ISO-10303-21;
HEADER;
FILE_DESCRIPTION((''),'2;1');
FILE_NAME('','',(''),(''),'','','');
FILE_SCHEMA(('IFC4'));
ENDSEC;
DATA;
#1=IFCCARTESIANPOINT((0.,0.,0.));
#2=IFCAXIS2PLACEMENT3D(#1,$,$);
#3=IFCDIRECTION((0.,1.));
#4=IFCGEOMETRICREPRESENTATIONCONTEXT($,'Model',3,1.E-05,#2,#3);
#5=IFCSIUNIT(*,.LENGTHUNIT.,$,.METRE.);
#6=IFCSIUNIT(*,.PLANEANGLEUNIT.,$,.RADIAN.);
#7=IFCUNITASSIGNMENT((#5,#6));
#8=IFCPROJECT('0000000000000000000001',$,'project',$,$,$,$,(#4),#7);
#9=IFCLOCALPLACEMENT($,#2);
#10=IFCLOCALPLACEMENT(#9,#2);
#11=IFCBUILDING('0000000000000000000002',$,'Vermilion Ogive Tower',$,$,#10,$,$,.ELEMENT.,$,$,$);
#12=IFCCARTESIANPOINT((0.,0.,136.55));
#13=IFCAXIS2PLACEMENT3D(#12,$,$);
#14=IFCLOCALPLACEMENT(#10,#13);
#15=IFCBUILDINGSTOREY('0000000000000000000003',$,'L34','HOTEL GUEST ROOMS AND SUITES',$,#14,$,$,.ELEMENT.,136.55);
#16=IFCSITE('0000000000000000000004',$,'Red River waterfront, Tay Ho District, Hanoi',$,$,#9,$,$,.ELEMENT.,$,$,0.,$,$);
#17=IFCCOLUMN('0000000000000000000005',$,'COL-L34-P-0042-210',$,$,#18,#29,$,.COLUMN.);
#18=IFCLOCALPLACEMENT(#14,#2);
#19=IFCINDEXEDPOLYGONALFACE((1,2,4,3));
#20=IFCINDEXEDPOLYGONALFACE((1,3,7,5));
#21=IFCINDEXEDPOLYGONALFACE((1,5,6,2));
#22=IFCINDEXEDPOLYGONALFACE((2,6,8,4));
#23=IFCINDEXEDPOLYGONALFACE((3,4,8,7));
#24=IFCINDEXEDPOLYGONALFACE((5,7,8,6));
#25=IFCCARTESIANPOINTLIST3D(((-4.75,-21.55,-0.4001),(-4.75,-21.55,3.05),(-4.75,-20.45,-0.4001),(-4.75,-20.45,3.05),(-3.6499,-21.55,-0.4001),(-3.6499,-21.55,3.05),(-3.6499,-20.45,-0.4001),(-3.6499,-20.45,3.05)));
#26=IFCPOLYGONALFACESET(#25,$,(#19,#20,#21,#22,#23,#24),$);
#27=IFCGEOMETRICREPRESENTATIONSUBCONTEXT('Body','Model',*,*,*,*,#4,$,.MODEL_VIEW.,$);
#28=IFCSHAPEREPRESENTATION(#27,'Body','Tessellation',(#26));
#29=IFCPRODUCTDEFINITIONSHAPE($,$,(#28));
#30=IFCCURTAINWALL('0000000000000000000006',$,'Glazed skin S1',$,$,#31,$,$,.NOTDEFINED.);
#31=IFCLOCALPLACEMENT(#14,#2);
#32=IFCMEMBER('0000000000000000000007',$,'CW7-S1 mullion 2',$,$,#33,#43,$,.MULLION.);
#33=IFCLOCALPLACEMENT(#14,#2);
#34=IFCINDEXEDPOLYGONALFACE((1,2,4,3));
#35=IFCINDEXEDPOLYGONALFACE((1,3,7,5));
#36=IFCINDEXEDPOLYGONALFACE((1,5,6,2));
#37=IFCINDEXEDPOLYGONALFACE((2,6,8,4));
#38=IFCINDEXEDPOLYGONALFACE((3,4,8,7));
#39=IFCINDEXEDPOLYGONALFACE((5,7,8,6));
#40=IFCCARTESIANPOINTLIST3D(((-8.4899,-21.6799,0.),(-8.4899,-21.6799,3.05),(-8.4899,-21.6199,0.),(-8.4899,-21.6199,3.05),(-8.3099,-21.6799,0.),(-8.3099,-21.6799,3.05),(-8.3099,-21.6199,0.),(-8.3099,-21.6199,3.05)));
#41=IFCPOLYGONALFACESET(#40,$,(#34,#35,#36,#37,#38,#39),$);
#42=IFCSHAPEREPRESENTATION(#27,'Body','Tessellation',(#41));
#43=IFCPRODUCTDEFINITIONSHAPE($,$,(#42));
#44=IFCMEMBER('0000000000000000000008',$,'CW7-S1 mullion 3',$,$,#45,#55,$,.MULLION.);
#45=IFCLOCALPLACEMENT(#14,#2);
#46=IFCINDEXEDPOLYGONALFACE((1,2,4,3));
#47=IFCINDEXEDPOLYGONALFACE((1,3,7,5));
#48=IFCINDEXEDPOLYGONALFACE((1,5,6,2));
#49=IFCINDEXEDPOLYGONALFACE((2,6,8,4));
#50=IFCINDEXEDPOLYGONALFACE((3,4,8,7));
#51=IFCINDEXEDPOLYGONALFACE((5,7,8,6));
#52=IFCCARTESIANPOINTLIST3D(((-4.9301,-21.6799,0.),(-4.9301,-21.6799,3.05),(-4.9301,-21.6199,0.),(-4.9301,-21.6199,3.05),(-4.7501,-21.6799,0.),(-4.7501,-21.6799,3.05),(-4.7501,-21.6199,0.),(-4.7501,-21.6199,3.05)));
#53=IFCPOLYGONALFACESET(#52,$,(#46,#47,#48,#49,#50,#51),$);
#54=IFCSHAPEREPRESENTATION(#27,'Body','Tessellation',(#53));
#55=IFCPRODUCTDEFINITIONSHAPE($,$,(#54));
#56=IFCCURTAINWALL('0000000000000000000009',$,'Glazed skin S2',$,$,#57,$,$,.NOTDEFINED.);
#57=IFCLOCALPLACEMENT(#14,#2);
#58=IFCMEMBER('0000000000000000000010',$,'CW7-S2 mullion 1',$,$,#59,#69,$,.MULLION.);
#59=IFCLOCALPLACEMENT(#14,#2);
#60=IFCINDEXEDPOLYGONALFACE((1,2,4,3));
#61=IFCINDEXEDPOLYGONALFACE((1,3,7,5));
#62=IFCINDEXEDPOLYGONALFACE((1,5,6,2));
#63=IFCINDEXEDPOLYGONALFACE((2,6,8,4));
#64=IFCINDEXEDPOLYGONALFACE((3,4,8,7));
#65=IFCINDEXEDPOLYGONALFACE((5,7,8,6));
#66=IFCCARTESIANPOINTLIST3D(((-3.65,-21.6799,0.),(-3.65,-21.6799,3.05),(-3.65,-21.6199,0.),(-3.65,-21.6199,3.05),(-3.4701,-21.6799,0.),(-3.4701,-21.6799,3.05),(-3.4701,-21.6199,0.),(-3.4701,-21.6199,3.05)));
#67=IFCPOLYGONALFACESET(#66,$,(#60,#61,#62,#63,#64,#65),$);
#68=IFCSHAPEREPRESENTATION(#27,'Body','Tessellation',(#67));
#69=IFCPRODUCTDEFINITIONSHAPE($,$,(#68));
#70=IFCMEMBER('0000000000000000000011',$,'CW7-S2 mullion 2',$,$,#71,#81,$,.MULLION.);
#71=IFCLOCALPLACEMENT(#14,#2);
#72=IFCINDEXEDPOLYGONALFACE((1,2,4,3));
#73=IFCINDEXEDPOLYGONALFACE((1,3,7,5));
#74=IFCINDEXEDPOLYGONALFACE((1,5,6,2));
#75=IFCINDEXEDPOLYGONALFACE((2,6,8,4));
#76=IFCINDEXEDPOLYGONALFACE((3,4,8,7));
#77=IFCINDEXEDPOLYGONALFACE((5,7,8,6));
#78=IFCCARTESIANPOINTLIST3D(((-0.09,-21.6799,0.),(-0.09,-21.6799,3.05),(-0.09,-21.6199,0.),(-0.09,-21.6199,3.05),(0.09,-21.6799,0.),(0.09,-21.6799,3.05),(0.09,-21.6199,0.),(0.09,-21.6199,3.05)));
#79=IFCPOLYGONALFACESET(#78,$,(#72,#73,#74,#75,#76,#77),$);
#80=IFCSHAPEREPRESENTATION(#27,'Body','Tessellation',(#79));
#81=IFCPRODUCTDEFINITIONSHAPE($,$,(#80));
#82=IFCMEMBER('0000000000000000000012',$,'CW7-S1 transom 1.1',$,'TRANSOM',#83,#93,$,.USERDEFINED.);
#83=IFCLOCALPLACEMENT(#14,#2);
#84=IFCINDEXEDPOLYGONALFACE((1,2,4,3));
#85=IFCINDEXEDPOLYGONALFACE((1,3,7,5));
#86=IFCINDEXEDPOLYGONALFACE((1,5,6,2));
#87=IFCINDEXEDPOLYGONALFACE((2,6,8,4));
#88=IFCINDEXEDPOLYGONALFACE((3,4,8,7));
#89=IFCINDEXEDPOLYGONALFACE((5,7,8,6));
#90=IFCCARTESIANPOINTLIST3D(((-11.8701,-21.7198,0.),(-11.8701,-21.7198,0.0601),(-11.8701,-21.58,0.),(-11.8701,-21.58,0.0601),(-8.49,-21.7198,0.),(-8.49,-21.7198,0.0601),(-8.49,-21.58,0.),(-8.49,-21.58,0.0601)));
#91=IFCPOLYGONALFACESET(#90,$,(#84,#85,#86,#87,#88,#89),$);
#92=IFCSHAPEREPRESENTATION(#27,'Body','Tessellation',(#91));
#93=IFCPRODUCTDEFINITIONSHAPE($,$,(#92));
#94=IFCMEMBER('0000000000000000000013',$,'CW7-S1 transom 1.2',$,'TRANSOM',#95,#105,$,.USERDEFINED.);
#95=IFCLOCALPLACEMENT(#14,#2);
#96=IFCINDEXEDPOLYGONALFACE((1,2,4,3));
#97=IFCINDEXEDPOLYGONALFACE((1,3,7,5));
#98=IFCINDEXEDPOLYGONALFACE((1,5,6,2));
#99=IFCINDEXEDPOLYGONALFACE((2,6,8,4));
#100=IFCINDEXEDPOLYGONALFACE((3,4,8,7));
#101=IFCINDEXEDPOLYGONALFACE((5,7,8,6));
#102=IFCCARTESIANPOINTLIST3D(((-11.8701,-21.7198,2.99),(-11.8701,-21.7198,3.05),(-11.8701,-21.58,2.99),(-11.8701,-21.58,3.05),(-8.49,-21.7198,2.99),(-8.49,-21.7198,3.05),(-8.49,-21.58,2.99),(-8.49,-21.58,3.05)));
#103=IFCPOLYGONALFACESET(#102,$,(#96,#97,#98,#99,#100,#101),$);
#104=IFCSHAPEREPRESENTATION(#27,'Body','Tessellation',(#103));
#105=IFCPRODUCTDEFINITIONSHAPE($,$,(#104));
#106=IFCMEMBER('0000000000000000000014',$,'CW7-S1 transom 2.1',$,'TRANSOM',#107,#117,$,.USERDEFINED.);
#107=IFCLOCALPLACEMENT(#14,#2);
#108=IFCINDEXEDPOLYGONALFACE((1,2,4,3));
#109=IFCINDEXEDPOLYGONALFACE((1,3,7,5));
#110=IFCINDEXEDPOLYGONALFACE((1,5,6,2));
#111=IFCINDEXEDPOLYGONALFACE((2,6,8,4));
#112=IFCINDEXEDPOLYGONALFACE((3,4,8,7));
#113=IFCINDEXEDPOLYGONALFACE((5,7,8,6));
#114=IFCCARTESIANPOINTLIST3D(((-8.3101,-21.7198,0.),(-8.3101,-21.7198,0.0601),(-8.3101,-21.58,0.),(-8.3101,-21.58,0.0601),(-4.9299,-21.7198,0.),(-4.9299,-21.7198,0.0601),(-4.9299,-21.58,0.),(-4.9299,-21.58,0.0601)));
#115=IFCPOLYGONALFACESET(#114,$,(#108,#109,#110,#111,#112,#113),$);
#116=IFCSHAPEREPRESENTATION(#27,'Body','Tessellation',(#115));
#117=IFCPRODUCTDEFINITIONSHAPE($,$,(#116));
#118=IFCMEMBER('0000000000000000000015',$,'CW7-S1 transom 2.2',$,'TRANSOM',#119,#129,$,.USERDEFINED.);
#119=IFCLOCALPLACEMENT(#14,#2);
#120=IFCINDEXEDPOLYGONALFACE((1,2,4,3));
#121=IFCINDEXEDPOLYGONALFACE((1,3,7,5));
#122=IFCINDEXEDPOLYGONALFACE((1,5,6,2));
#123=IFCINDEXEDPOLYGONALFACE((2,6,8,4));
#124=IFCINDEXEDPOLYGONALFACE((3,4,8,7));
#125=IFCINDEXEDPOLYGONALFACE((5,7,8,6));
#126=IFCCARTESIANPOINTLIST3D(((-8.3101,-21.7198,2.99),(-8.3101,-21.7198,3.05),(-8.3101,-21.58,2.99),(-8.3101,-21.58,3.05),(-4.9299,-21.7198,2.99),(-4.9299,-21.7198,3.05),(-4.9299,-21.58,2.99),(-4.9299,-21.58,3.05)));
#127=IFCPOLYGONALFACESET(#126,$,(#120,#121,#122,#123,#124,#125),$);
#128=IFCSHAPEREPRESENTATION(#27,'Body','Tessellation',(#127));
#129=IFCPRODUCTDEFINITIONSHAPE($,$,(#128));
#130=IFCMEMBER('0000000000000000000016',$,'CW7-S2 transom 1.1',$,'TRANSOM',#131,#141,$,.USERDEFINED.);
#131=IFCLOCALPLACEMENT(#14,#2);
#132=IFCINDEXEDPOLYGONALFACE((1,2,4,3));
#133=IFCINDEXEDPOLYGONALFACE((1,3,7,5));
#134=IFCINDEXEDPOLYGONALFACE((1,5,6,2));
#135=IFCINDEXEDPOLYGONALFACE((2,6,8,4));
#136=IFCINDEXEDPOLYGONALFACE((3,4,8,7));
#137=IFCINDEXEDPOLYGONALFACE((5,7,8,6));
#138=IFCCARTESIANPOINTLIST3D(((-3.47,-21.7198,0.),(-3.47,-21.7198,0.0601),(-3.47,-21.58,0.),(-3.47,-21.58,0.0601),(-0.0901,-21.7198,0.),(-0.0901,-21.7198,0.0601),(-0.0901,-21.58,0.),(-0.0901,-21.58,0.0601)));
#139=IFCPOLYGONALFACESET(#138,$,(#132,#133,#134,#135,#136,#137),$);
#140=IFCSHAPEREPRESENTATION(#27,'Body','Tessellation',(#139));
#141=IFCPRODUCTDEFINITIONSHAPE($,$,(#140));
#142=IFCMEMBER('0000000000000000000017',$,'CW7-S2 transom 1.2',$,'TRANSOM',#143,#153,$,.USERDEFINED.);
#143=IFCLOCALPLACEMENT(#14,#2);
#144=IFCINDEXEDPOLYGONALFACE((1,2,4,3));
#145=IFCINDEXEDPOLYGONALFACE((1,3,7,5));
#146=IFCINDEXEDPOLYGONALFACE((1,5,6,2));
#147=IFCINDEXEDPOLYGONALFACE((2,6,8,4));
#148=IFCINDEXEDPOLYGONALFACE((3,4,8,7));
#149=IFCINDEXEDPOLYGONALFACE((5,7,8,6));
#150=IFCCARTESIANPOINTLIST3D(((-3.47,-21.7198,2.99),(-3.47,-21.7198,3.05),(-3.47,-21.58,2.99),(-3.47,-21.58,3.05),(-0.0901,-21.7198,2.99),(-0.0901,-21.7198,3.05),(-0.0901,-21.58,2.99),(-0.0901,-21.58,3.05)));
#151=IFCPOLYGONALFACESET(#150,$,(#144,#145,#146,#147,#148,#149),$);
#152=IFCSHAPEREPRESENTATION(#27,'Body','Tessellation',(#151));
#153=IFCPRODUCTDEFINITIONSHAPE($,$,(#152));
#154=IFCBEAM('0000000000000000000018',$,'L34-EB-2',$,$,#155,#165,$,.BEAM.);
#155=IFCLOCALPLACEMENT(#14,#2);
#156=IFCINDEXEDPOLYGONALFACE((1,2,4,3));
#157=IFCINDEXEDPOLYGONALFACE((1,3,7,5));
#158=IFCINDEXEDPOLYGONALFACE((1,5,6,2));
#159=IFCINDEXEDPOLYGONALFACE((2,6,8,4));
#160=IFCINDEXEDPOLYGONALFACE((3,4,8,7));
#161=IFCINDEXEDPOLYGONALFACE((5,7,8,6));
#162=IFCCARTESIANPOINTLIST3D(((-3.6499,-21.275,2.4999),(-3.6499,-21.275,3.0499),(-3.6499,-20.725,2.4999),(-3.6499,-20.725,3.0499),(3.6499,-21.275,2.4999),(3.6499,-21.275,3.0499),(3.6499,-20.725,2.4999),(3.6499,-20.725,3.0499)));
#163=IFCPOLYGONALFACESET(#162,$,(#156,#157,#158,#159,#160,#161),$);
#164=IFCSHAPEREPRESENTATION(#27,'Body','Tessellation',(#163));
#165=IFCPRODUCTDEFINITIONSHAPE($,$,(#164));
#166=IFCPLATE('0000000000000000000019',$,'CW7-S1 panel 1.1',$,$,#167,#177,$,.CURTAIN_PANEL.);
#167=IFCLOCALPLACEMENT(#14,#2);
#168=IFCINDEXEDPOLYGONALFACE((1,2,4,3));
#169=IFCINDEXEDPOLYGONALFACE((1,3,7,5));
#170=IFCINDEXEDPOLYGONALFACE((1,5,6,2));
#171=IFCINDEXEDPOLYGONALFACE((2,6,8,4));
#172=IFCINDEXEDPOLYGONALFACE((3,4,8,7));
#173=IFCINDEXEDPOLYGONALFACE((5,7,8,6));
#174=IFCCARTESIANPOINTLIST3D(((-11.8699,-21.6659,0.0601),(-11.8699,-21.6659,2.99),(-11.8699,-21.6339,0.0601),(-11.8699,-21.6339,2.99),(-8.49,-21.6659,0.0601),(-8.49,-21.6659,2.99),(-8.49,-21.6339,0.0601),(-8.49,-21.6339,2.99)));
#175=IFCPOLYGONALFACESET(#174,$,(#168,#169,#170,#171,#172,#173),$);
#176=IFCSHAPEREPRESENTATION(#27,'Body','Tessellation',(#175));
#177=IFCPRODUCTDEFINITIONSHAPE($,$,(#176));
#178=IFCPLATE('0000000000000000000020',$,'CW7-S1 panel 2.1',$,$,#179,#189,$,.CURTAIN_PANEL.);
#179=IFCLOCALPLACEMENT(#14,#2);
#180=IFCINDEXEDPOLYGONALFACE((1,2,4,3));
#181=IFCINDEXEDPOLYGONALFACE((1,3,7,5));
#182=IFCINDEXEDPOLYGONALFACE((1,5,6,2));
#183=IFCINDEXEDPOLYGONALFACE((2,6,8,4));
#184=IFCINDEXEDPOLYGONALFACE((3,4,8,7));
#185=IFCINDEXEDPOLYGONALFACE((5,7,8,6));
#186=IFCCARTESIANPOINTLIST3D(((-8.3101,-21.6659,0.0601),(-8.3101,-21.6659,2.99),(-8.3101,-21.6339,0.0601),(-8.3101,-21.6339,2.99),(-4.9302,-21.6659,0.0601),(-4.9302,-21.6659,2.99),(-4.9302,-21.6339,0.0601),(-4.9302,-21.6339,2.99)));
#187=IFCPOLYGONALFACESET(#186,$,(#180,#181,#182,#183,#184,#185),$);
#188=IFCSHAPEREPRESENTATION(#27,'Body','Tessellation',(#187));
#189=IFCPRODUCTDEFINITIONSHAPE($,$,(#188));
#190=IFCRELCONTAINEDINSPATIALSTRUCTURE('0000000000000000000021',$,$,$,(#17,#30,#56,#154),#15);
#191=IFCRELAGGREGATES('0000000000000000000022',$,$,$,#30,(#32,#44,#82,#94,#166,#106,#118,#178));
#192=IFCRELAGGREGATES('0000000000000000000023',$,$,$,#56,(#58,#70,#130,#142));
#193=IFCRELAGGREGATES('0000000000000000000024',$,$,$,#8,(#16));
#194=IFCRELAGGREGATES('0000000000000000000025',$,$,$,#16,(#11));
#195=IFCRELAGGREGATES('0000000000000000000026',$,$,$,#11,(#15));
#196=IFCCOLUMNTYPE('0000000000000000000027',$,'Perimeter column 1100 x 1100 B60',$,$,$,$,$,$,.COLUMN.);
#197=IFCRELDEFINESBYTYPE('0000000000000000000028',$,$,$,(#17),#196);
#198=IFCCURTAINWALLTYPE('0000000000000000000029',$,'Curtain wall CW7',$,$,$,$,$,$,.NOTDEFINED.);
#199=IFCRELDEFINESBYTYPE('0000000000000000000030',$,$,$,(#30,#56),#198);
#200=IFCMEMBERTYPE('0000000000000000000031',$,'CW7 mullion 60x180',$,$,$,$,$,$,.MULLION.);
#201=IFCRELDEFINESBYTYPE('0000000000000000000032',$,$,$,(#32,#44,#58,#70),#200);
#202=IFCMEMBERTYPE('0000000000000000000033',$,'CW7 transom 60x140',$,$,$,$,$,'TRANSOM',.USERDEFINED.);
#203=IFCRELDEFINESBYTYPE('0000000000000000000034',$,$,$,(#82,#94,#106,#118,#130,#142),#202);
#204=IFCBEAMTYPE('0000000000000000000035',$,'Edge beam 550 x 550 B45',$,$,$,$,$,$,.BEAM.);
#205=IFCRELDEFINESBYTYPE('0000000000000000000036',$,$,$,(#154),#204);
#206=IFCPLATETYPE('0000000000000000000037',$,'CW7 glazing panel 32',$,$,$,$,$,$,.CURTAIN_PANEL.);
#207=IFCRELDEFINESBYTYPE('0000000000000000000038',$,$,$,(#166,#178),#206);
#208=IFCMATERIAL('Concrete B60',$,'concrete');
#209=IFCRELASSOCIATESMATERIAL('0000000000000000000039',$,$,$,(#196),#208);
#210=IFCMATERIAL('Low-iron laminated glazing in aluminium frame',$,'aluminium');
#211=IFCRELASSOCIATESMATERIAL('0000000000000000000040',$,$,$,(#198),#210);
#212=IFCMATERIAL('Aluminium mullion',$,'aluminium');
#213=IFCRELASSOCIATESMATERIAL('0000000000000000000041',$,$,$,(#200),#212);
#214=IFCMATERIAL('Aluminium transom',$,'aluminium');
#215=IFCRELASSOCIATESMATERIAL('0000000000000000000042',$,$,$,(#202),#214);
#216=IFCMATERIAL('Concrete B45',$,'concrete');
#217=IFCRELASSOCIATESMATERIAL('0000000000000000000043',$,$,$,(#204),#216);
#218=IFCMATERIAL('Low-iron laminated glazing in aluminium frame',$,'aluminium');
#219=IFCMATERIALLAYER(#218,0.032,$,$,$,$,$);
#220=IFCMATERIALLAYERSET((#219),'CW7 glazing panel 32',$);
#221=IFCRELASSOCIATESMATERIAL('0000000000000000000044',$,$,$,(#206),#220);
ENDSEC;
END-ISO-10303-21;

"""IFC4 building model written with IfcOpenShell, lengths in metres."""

from ifc_helpers import new_model, si_unit, direction, frame, origin, origin_2d, place, context, subcontext, project, spatial, rectangle, extrude, material, layer, layer_set, material_profile, profile_set, type_object, element, aggregate, save


model = new_model("IFC4")

# Units and contexts
model_context = context("Model", 3, precision=1e-05, world=origin(), true_north=direction((0.0, 1.0)))
body_context = subcontext(model_context, "Body", "Model", "MODEL_VIEW")
ifc_project = project(units=[si_unit("LENGTHUNIT", "METRE"), si_unit("PLANEANGLEUNIT", "RADIAN")], contexts=[model_context])

# Site, building, storey
site_placement = place(None, origin())
site = spatial("IfcSite", under=ifc_project, at=site_placement, Name="Red River waterfront, Tay Ho District, Hanoi", CompositionType="ELEMENT", RefElevation=0.0)
building_placement = place(site_placement, origin())
building = spatial("IfcBuilding", under=site, at=building_placement, Name="Vermilion Ogive Tower", CompositionType="ELEMENT")
storey_placement = place(building_placement, frame((0.0, 0.0, 136.55)))
storey = spatial("IfcBuildingStorey", under=building, at=storey_placement, Name="L34", Description="HOTEL GUEST ROOMS AND SUITES", CompositionType="ELEMENT", Elevation=136.55)

# Column
ifc_material_1 = material(Name="Concrete B60", Category="concrete")
ifc_material_profile_1 = material_profile(ifc_material_1, rectangle(XDim=1.1001, YDim=1.1001, at=origin_2d()), Name="1100 x 1100")
ifc_profile_set_1 = profile_set([ifc_material_profile_1], Name="Concrete B60")
column_type = type_object("IfcColumnType", Name="Perimeter column 1100 x 1100 B60", PredefinedType="COLUMN", material=ifc_profile_set_1)
column_placement = place(storey_placement, frame((-4.2, -21.0, -0.4001), z_axis=(0.0, 0.0, 1.0), x_axis=(1.0, 0.0, 0.0)))
element("IfcColumn", 1, at=column_placement, inside=storey, type_object=column_type, Name="COL-L34-P-0042-210", PredefinedType="COLUMN", context=body_context, shape_type="SweptSolid", body=[
    extrude(rectangle(XDim=1.1001, YDim=1.1001, at=origin_2d()), origin(), (0.0, 0.0, 1.0), 3.4502),
])

# Curtain walls, members
ifc_material_2 = material(Name="Low-iron laminated glazing in aluminium frame", Category="aluminium")
curtain_wall_type = type_object("IfcCurtainWallType", Name="Curtain wall CW7", PredefinedType="NOTDEFINED", material=ifc_material_2)
curtain_wall_1_placement = place(storey_placement, origin())
curtain_wall_1 = element("IfcCurtainWall", 2, at=curtain_wall_1_placement, inside=storey, type_object=curtain_wall_type, Name="Glazed skin S1", PredefinedType="NOTDEFINED")
ifc_material_3 = material(Name="Aluminium mullion", Category="aluminium")
ifc_material_profile_2 = material_profile(ifc_material_3, rectangle(XDim=0.0601, YDim=0.1799, at=origin_2d()), Name="AL 60x180")
ifc_profile_set_2 = profile_set([ifc_material_profile_2], Name="Aluminium mullion")
member_type_1 = type_object("IfcMemberType", Name="CW7 mullion 60x180", PredefinedType="MULLION", material=ifc_profile_set_2)
member_1_placement = place(storey_placement, frame((-8.3999, -21.6499, 0.0), z_axis=(0.0, 0.0, 1.0), x_axis=(0.0, 1.0, 0.0)))
member_1 = element("IfcMember", 3, at=member_1_placement, type_object=member_type_1, Name="CW7-S1 mullion 2", PredefinedType="MULLION", context=body_context, shape_type="SweptSolid", body=[
    extrude(rectangle(XDim=0.0601, YDim=0.1799, at=origin_2d()), origin(), (0.0, 0.0, 1.0), 3.05),
])
member_2_placement = place(storey_placement, frame((-4.8401, -21.6499, 0.0), z_axis=(0.0, 0.0, 1.0), x_axis=(0.0, 1.0, 0.0)))
member_2 = element("IfcMember", 4, at=member_2_placement, type_object=member_type_1, Name="CW7-S1 mullion 3", PredefinedType="MULLION", context=body_context, shape_type="SweptSolid", body=[
    extrude(rectangle(XDim=0.0601, YDim=0.1799, at=origin_2d()), origin(), (0.0, 0.0, 1.0), 3.05),
])
curtain_wall_2_placement = place(storey_placement, origin())
curtain_wall_2 = element("IfcCurtainWall", 5, at=curtain_wall_2_placement, inside=storey, type_object=curtain_wall_type, Name="Glazed skin S2", PredefinedType="NOTDEFINED")
member_3_placement = place(storey_placement, frame((-3.5601, -21.6499, 0.0), z_axis=(0.0, 0.0, 1.0), x_axis=(0.0, 1.0, 0.0)))
member_3 = element("IfcMember", 6, at=member_3_placement, type_object=member_type_1, Name="CW7-S2 mullion 1", PredefinedType="MULLION", context=body_context, shape_type="SweptSolid", body=[
    extrude(rectangle(XDim=0.0601, YDim=0.1799, at=origin_2d()), origin(), (0.0, 0.0, 1.0), 3.05),
])
member_4_placement = place(storey_placement, frame((0.0, -21.6499, 0.0), z_axis=(0.0, 0.0, 1.0), x_axis=(0.0, 1.0, 0.0)))
member_4 = element("IfcMember", 7, at=member_4_placement, type_object=member_type_1, Name="CW7-S2 mullion 2", PredefinedType="MULLION", context=body_context, shape_type="SweptSolid", body=[
    extrude(rectangle(XDim=0.0601, YDim=0.1799, at=origin_2d()), origin(), (0.0, 0.0, 1.0), 3.05),
])

# Members
ifc_material_4 = material(Name="Aluminium transom", Category="aluminium")
ifc_material_profile_3 = material_profile(ifc_material_4, rectangle(XDim=0.1399, YDim=0.0601, at=origin_2d()), Name="AL 60x140")
ifc_profile_set_3 = profile_set([ifc_material_profile_3], Name="Aluminium transom")
member_type_2 = type_object("IfcMemberType", Name="CW7 transom 60x140", ElementType="TRANSOM", PredefinedType="USERDEFINED", material=ifc_profile_set_3)
member_5_placement = place(storey_placement, frame((-11.8701, -21.6499, 0.03), z_axis=(1.0, 0.0, 0.0), x_axis=(0.0, 1.0, 0.0)))
member_5 = element("IfcMember", 8, at=member_5_placement, type_object=member_type_2, Name="CW7-S1 transom 1.1", ObjectType="TRANSOM", PredefinedType="USERDEFINED", context=body_context, shape_type="SweptSolid", body=[
    extrude(rectangle(XDim=0.1399, YDim=0.0601, at=origin_2d()), origin(), (0.0, 0.0, 1.0), 3.3801),
])
member_6_placement = place(storey_placement, frame((-11.8701, -21.6499, 3.02), z_axis=(1.0, 0.0, 0.0), x_axis=(0.0, 1.0, 0.0)))
member_6 = element("IfcMember", 9, at=member_6_placement, type_object=member_type_2, Name="CW7-S1 transom 1.2", ObjectType="TRANSOM", PredefinedType="USERDEFINED", context=body_context, shape_type="SweptSolid", body=[
    extrude(rectangle(XDim=0.1399, YDim=0.0601, at=origin_2d()), origin(), (0.0, 0.0, 1.0), 3.3801),
])
member_7_placement = place(storey_placement, frame((-8.3101, -21.6499, 0.03), z_axis=(1.0, 0.0, 0.0), x_axis=(0.0, 1.0, 0.0)))
member_7 = element("IfcMember", 10, at=member_7_placement, type_object=member_type_2, Name="CW7-S1 transom 2.1", ObjectType="TRANSOM", PredefinedType="USERDEFINED", context=body_context, shape_type="SweptSolid", body=[
    extrude(rectangle(XDim=0.1399, YDim=0.0601, at=origin_2d()), origin(), (0.0, 0.0, 1.0), 3.3801),
])
member_8_placement = place(storey_placement, frame((-8.3101, -21.6499, 3.02), z_axis=(1.0, 0.0, 0.0), x_axis=(0.0, 1.0, 0.0)))
member_8 = element("IfcMember", 11, at=member_8_placement, type_object=member_type_2, Name="CW7-S1 transom 2.2", ObjectType="TRANSOM", PredefinedType="USERDEFINED", context=body_context, shape_type="SweptSolid", body=[
    extrude(rectangle(XDim=0.1399, YDim=0.0601, at=origin_2d()), origin(), (0.0, 0.0, 1.0), 3.3801),
])
member_9_placement = place(storey_placement, frame((-3.47, -21.6499, 0.03), z_axis=(1.0, 0.0, 0.0), x_axis=(0.0, 1.0, 0.0)))
member_9 = element("IfcMember", 12, at=member_9_placement, type_object=member_type_2, Name="CW7-S2 transom 1.1", ObjectType="TRANSOM", PredefinedType="USERDEFINED", context=body_context, shape_type="SweptSolid", body=[
    extrude(rectangle(XDim=0.1399, YDim=0.0601, at=origin_2d()), origin(), (0.0, 0.0, 1.0), 3.3799),
])
member_10_placement = place(storey_placement, frame((-3.47, -21.6499, 3.02), z_axis=(1.0, 0.0, 0.0), x_axis=(0.0, 1.0, 0.0)))
member_10 = element("IfcMember", 13, at=member_10_placement, type_object=member_type_2, Name="CW7-S2 transom 1.2", ObjectType="TRANSOM", PredefinedType="USERDEFINED", context=body_context, shape_type="SweptSolid", body=[
    extrude(rectangle(XDim=0.1399, YDim=0.0601, at=origin_2d()), origin(), (0.0, 0.0, 1.0), 3.3799),
])

# Beam
ifc_material_5 = material(Name="Concrete B45", Category="concrete")
ifc_material_profile_4 = material_profile(ifc_material_5, rectangle(XDim=0.55, YDim=0.55, at=origin_2d()), Name="550 x 550")
ifc_profile_set_4 = profile_set([ifc_material_profile_4], Name="Concrete B45")
beam_type = type_object("IfcBeamType", Name="Edge beam 550 x 550 B45", PredefinedType="BEAM", material=ifc_profile_set_4)
beam_placement = place(storey_placement, frame((-3.6499, -21.0, 2.7749), z_axis=(1.0, 0.0, 0.0), x_axis=(0.0, 1.0, 0.0)))
element("IfcBeam", 14, at=beam_placement, inside=storey, type_object=beam_type, Name="L34-EB-2", PredefinedType="BEAM", context=body_context, shape_type="SweptSolid", body=[
    extrude(rectangle(XDim=0.55, YDim=0.55, at=origin_2d()), origin(), (0.0, 0.0, 1.0), 7.2998),
])

# Plates
ifc_material_6 = material(Name="Low-iron laminated glazing in aluminium frame", Category="aluminium")
ifc_layer_1 = layer(ifc_material_6, 0.032)
ifc_layer_set_1 = layer_set([ifc_layer_1], Name="CW7 glazing panel 32")
plate_type = type_object("IfcPlateType", Name="CW7 glazing panel 32", PredefinedType="CURTAIN_PANEL", material=ifc_layer_set_1)
plate_1_placement = place(storey_placement, frame((-10.1799, -21.6499, 0.0601), z_axis=(0.0, 0.0, 1.0), x_axis=(1.0, 0.0, 0.0)))
plate_1 = element("IfcPlate", 15, at=plate_1_placement, type_object=plate_type, Name="CW7-S1 panel 1.1", PredefinedType="CURTAIN_PANEL", context=body_context, shape_type="SweptSolid", body=[
    extrude(rectangle(XDim=3.3799, YDim=0.032, at=origin_2d()), origin(), (0.0, 0.0, 1.0), 2.9299),
])
plate_2_placement = place(storey_placement, frame((-6.6201, -21.6499, 0.0601), z_axis=(0.0, 0.0, 1.0), x_axis=(1.0, 0.0, 0.0)))
plate_2 = element("IfcPlate", 16, at=plate_2_placement, type_object=plate_type, Name="CW7-S1 panel 2.1", PredefinedType="CURTAIN_PANEL", context=body_context, shape_type="SweptSolid", body=[
    extrude(rectangle(XDim=3.3799, YDim=0.032, at=origin_2d()), origin(), (0.0, 0.0, 1.0), 2.9299),
])
aggregate(curtain_wall_1, [member_1, member_2, member_5, member_6, plate_1, member_7, member_8, plate_2])
aggregate(curtain_wall_2, [member_3, member_4, member_9, member_10])

save(model, "model.ifc")
